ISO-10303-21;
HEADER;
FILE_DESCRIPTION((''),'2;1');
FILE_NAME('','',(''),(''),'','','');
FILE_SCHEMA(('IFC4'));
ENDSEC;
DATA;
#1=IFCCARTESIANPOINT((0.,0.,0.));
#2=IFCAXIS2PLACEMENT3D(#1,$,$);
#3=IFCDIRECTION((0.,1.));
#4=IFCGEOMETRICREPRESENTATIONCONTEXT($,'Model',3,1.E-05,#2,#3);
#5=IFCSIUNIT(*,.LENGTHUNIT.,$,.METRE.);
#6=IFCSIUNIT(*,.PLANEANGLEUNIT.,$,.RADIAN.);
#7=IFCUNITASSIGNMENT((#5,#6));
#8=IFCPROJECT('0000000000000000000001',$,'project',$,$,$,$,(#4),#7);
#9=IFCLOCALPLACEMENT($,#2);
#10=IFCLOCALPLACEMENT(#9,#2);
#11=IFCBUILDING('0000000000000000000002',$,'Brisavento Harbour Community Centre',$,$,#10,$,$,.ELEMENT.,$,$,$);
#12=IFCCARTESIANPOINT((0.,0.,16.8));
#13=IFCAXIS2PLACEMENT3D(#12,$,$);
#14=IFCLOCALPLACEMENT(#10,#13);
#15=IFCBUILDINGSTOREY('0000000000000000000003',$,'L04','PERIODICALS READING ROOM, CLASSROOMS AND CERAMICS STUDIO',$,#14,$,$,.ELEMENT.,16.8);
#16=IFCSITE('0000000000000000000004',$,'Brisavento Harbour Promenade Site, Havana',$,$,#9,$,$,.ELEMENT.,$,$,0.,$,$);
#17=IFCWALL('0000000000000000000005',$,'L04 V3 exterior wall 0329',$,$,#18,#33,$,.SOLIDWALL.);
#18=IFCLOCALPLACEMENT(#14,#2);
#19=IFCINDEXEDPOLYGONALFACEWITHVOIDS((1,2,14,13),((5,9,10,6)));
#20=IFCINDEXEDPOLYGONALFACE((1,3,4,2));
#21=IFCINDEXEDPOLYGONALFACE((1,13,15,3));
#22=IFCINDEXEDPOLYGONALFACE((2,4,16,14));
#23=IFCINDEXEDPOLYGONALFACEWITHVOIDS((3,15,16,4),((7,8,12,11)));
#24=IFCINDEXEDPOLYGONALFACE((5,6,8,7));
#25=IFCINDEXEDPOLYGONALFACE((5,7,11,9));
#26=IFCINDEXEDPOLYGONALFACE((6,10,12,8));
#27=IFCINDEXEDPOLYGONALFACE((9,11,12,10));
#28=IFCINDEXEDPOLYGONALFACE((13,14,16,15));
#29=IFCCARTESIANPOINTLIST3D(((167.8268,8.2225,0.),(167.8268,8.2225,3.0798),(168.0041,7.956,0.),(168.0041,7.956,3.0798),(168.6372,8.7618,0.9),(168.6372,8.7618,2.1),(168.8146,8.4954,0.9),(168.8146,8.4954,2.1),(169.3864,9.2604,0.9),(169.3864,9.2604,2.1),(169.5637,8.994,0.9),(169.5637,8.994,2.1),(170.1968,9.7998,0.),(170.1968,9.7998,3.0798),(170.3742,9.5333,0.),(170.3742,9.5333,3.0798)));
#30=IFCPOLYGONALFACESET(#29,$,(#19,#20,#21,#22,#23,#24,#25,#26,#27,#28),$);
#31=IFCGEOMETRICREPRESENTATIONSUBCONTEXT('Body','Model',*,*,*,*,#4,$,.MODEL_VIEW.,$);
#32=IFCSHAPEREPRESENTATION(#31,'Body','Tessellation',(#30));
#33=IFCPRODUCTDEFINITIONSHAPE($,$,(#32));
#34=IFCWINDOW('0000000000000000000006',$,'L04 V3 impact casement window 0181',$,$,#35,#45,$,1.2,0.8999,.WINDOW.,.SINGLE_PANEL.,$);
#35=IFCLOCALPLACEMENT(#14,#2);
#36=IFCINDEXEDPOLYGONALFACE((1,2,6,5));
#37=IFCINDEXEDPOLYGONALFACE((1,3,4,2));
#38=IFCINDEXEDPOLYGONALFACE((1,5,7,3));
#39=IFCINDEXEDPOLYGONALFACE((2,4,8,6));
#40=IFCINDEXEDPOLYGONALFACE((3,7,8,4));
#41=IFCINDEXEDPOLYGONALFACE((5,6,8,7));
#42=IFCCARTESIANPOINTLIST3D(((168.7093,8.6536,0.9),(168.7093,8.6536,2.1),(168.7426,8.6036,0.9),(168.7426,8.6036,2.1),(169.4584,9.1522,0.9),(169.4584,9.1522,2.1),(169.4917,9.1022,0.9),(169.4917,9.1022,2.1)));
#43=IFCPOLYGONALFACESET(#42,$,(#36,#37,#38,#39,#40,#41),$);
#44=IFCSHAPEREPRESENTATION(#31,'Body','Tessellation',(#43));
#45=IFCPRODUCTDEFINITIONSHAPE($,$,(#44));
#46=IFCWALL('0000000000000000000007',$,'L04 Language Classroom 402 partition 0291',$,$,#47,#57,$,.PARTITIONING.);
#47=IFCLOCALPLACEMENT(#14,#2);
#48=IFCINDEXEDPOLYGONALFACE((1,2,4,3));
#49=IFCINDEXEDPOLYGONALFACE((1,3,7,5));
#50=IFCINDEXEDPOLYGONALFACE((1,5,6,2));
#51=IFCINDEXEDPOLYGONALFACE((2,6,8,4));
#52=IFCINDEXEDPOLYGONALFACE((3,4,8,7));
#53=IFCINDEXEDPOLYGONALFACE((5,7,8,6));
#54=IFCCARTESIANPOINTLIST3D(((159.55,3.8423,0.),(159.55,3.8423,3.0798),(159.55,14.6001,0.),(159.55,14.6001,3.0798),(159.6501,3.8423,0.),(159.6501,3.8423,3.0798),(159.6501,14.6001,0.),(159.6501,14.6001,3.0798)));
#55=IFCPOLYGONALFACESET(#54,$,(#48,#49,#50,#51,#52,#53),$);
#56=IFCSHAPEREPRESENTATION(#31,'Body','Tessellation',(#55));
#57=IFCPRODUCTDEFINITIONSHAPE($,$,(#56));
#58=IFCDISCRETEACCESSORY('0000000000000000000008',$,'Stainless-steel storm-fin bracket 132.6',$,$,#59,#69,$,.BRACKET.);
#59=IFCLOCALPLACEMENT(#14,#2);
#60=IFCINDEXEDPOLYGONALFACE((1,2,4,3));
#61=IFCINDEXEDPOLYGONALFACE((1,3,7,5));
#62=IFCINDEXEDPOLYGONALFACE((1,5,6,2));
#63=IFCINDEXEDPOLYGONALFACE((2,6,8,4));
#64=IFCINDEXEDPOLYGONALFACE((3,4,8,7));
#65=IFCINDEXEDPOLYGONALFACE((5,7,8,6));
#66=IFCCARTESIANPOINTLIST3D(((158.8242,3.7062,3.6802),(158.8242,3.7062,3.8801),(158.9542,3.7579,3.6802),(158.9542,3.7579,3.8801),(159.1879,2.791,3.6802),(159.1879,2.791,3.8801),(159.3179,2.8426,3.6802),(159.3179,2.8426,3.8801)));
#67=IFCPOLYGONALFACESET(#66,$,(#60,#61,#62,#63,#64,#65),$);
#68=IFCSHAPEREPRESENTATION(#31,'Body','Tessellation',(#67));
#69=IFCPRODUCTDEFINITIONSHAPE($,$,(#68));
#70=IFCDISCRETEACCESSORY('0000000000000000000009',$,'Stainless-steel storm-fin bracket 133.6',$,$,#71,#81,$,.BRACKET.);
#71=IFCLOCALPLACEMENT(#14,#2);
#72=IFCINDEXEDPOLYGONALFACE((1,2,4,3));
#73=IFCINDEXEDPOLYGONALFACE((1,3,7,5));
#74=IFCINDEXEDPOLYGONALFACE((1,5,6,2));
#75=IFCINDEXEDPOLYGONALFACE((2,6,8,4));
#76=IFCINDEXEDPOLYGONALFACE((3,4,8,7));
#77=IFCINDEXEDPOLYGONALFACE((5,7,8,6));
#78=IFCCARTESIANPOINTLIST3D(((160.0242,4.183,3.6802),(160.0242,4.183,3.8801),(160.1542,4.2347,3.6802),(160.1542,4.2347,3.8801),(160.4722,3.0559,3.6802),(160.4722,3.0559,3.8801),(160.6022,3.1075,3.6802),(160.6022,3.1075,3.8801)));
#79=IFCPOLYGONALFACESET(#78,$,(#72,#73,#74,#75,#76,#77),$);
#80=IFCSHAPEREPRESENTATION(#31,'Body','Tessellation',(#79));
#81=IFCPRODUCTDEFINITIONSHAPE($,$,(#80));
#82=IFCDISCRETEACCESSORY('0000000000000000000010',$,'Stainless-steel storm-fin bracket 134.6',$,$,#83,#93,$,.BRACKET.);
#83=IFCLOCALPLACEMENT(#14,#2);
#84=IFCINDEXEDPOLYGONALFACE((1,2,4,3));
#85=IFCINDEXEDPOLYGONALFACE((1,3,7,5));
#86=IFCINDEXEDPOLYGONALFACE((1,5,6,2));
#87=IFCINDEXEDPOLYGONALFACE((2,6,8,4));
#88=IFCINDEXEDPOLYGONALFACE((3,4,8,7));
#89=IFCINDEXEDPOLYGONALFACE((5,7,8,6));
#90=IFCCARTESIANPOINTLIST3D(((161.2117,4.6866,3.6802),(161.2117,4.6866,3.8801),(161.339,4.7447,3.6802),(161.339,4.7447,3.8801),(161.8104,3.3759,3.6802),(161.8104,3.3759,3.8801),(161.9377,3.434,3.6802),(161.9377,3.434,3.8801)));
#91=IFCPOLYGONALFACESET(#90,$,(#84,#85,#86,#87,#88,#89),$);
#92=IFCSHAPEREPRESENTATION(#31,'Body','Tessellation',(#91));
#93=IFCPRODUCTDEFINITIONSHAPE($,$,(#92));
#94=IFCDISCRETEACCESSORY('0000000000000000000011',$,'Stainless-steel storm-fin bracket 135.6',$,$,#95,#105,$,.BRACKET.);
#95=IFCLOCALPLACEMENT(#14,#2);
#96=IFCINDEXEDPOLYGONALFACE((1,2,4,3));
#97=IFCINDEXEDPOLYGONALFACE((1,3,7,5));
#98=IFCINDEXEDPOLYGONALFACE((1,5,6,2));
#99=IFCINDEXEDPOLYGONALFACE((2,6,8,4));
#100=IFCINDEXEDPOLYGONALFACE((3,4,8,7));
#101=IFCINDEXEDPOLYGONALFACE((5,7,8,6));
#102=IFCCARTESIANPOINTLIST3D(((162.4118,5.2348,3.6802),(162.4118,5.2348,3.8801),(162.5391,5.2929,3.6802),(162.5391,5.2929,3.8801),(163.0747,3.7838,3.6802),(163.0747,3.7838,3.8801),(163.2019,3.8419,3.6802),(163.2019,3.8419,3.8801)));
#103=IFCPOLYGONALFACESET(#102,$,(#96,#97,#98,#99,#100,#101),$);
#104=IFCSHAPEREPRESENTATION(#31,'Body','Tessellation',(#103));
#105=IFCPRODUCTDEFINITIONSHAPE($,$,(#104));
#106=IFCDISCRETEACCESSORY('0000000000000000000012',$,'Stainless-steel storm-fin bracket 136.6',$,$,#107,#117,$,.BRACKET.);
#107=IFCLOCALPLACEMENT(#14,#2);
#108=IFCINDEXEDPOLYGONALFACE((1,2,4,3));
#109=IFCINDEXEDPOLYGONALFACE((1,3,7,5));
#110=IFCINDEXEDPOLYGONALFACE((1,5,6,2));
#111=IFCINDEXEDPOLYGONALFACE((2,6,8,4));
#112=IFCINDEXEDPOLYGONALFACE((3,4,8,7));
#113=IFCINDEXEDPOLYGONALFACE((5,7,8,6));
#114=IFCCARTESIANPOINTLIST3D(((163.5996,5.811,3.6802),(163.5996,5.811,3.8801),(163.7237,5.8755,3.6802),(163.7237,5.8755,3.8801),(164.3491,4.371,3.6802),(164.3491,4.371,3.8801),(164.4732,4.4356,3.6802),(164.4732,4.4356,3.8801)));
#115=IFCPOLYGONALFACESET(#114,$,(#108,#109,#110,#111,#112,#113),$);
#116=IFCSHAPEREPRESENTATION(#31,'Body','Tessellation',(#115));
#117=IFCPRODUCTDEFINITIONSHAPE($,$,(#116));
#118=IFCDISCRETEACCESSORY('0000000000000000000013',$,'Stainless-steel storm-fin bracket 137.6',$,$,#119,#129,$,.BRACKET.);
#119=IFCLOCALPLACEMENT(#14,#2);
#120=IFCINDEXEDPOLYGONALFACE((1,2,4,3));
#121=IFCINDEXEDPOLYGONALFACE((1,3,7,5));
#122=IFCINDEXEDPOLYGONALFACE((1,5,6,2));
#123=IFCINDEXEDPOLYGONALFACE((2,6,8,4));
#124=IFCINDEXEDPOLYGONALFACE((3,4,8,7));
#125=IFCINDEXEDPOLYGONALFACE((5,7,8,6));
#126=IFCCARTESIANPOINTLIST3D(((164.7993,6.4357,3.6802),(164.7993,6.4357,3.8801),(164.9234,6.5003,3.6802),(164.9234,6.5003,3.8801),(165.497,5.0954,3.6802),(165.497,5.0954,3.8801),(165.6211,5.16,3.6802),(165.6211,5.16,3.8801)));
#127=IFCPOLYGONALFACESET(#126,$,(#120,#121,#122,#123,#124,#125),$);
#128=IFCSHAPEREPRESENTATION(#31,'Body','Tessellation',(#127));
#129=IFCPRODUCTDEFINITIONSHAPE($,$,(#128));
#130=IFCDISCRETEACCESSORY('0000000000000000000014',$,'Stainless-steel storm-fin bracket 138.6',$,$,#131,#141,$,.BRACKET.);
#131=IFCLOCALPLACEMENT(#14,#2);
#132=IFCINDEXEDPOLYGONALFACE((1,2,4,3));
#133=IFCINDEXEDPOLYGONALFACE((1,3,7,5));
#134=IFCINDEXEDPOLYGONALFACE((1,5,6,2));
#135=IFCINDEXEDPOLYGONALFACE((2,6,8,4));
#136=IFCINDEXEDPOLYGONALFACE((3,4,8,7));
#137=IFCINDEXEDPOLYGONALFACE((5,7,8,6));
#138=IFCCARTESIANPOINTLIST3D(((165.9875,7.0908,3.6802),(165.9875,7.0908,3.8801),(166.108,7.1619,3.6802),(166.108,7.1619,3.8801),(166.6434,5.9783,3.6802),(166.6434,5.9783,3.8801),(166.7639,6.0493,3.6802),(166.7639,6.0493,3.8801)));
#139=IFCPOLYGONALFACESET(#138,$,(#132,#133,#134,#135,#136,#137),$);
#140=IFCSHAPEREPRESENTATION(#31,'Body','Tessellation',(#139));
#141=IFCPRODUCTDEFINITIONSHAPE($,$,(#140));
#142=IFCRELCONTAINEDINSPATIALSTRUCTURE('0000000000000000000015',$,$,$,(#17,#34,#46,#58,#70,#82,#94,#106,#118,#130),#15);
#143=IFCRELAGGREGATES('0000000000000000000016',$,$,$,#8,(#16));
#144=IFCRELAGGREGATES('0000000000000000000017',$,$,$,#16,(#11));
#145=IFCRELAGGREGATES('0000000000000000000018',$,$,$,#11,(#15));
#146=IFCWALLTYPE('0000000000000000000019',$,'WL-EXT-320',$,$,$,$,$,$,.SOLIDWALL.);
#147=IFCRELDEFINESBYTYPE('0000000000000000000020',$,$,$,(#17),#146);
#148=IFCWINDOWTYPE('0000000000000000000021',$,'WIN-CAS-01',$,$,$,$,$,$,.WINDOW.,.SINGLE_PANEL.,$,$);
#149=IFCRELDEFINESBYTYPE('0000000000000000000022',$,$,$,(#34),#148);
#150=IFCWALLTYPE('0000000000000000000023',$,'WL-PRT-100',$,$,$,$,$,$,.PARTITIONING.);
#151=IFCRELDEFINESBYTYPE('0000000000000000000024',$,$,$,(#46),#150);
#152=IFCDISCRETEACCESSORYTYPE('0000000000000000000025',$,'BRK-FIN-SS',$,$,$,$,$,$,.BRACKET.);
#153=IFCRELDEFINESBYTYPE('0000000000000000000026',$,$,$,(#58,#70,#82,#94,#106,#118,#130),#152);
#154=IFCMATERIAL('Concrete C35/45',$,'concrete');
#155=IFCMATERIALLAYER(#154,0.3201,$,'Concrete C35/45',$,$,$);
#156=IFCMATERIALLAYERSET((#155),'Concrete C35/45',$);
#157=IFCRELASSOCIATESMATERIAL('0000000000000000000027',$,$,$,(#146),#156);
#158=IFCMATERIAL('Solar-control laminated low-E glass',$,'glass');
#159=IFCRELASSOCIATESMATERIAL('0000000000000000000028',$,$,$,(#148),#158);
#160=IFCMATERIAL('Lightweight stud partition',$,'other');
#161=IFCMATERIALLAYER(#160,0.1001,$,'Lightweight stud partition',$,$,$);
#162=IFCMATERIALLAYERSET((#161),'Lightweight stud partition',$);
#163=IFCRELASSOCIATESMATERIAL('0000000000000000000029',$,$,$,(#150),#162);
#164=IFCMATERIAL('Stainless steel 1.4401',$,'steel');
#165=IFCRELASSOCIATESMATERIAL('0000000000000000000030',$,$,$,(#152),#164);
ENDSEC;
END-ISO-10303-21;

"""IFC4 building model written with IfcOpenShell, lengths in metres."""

from ifc_helpers import new_model, si_unit, direction, frame, frame_2d, origin, origin_2d, place, context, subcontext, project, spatial, rectangle, extrude, material, layer, layer_set, type_object, element, fill, save


model = new_model("IFC4")

# Units and contexts
model_context = context("Model", 3, precision=1e-05, world=origin(), true_north=direction((0.0, 1.0)))
body_context = subcontext(model_context, "Body", "Model", "MODEL_VIEW")
ifc_project = project(units=[si_unit("LENGTHUNIT", "METRE"), si_unit("PLANEANGLEUNIT", "RADIAN")], contexts=[model_context])

# Site, building, storey
site_placement = place(None, origin())
site = spatial("IfcSite", under=ifc_project, at=site_placement, Name="Brisavento Harbour Promenade Site, Havana", CompositionType="ELEMENT", RefElevation=0.0)
building_placement = place(site_placement, origin())
building = spatial("IfcBuilding", under=site, at=building_placement, Name="Brisavento Harbour Community Centre", CompositionType="ELEMENT")
storey_placement = place(building_placement, frame((0.0, 0.0, 16.8)))
storey = spatial("IfcBuildingStorey", under=building, at=storey_placement, Name="L04", Description="PERIODICALS READING ROOM, CLASSROOMS AND CERAMICS STUDIO", CompositionType="ELEMENT", Elevation=16.8)

# Shared definitions
ifc_material_1 = material(Name="Concrete C35/45", Category="concrete")

# Wall, opening, window
ifc_material_2 = material(Name="Solar-control laminated low-E glass", Category="glass")
ifc_layer_1 = layer(ifc_material_1, 0.3201, Name="Concrete C35/45")
ifc_layer_set_1 = layer_set([ifc_layer_1], Name="Concrete C35/45")
wall_type_1 = type_object("IfcWallType", Name="WL-EXT-320", PredefinedType="SOLIDWALL", material=ifc_layer_set_1)
wall_1_placement = place(storey_placement, frame((170.2854, 9.6665, 0.0), z_axis=(0.0, 0.0, 1.0), x_axis=(-0.832485, -0.554047, 0.0)))
wall_1 = element("IfcWall", 1, at=wall_1_placement, inside=storey, type_object=wall_type_1, Name="L04 V3 exterior wall 0329", PredefinedType="SOLIDWALL", context=body_context, shape_type="SweptSolid", body=[
    extrude(rectangle(XDim=2.8469, YDim=0.3201, at=frame_2d((1.4233, 0.0))), origin(), (0.0, 0.0, 1.0), 3.0798),
])
opening_1_placement = place(wall_1_placement, frame((0.9734, 0.0, 0.8999)))
opening_1 = element("IfcOpeningElement", 2, at=opening_1_placement, cuts=wall_1, PredefinedType="OPENING", context=body_context, shape_type="SweptSolid", body=[
    extrude(rectangle(XDim=0.8999, YDim=1.2, at=frame_2d((0.45, 0.6001))), frame((0.0, 0.1699, 0.0), z_axis=(0.0, -1.0, 0.0), x_axis=(1.0, 0.0, 0.0)), (0.0, 0.0, 1.0), 0.3401),
])
window_type_1 = type_object("IfcWindowType", Name="WIN-CAS-01", PartitioningType="SINGLE_PANEL", PredefinedType="WINDOW", material=ifc_material_2)
window_1_placement = place(opening_1_placement, origin())
window_1 = element("IfcWindow", 3, at=window_1_placement, inside=storey, type_object=window_type_1, Name="L04 V3 impact casement window 0181", OverallHeight=1.2, OverallWidth=0.8999, PartitioningType="SINGLE_PANEL", PredefinedType="WINDOW", context=body_context, shape_type="SweptSolid", body=[
    extrude(rectangle(XDim=0.8999, YDim=1.2, at=frame_2d((0.45, 0.6001))), frame((0.0, 0.03, 0.0), z_axis=(0.0, -1.0, 0.0), x_axis=(1.0, 0.0, 0.0)), (0.0, 0.0, 1.0), 0.0601),
])
fill(opening_1, window_1)

# Wall
ifc_material_3 = material(Name="Lightweight stud partition", Category="other")
ifc_layer_2 = layer(ifc_material_3, 0.1001, Name="Lightweight stud partition")
ifc_layer_set_2 = layer_set([ifc_layer_2], Name="Lightweight stud partition")
wall_type_2 = type_object("IfcWallType", Name="WL-PRT-100", PredefinedType="PARTITIONING", material=ifc_layer_set_2)
wall_2_placement = place(storey_placement, frame((159.6001, 3.8423, 0.0), z_axis=(0.0, 0.0, 1.0), x_axis=(0.0, 1.0, 0.0)))
element("IfcWall", 4, at=wall_2_placement, inside=storey, type_object=wall_type_2, Name="L04 Language Classroom 402 partition 0291", PredefinedType="PARTITIONING", context=body_context, shape_type="SweptSolid", body=[
    extrude(rectangle(XDim=10.7578, YDim=0.1001, at=frame_2d((5.3789, 0.0))), origin(), (0.0, 0.0, 1.0), 3.0798),
])

# Discrete accessories
ifc_material_4 = material(Name="Stainless steel 1.4401", Category="steel")
discrete_accessory_type = type_object("IfcDiscreteAccessoryType", Name="BRK-FIN-SS", PredefinedType="BRACKET", material=ifc_material_4)
discrete_accessory_1_placement = place(storey_placement, frame((159.071, 3.2744, 3.6802), z_axis=(0.0, 0.0, 1.0), x_axis=(0.369341, -0.929294, 0.0)))
element("IfcDiscreteAccessory", 5, at=discrete_accessory_1_placement, inside=storey, type_object=discrete_accessory_type, Name="Stainless-steel storm-fin bracket 132.6", PredefinedType="BRACKET", context=body_context, shape_type="SweptSolid", body=[
    extrude(rectangle(XDim=0.9849, YDim=0.1399, at=origin_2d()), origin(), (0.0, 0.0, 1.0), 0.2),
])
discrete_accessory_2_placement = place(storey_placement, frame((160.3132, 3.6453, 3.6802), z_axis=(0.0, 0.0, 1.0), x_axis=(0.369341, -0.929294, 0.0)))
element("IfcDiscreteAccessory", 6, at=discrete_accessory_2_placement, inside=storey, type_object=discrete_accessory_type, Name="Stainless-steel storm-fin bracket 133.6", PredefinedType="BRACKET", context=body_context, shape_type="SweptSolid", body=[
    extrude(rectangle(XDim=1.2129, YDim=0.1399, at=origin_2d()), origin(), (0.0, 0.0, 1.0), 0.2),
])
discrete_accessory_3_placement = place(storey_placement, frame((161.5747, 4.0603, 3.6802), z_axis=(0.0, 0.0, 1.0), x_axis=(0.415519, -0.909585, 0.0)))
element("IfcDiscreteAccessory", 7, at=discrete_accessory_3_placement, inside=storey, type_object=discrete_accessory_type, Name="Stainless-steel storm-fin bracket 134.6", PredefinedType="BRACKET", context=body_context, shape_type="SweptSolid", body=[
    extrude(rectangle(XDim=1.4409, YDim=0.1399, at=origin_2d()), origin(), (0.0, 0.0, 1.0), 0.2),
])
discrete_accessory_4_placement = place(storey_placement, frame((162.8069, 4.5383, 3.6802), z_axis=(0.0, 0.0, 1.0), x_axis=(0.415519, -0.909585, 0.0)))
element("IfcDiscreteAccessory", 8, at=discrete_accessory_4_placement, inside=storey, type_object=discrete_accessory_type, Name="Stainless-steel storm-fin bracket 135.6", PredefinedType="BRACKET", context=body_context, shape_type="SweptSolid", body=[
    extrude(rectangle(XDim=1.5952, YDim=0.1399, at=origin_2d()), origin(), (0.0, 0.0, 1.0), 0.2),
])
discrete_accessory_5_placement = place(storey_placement, frame((164.0364, 5.1233, 3.6802), z_axis=(0.0, 0.0, 1.0), x_axis=(0.461702, -0.887035, 0.0)))
element("IfcDiscreteAccessory", 9, at=discrete_accessory_5_placement, inside=storey, type_object=discrete_accessory_type, Name="Stainless-steel storm-fin bracket 136.6", PredefinedType="BRACKET", context=body_context, shape_type="SweptSolid", body=[
    extrude(rectangle(XDim=1.6233, YDim=0.1399, at=origin_2d()), origin(), (0.0, 0.0, 1.0), 0.2),
])
discrete_accessory_6_placement = place(storey_placement, frame((165.2102, 5.7979, 3.6802), z_axis=(0.0, 0.0, 1.0), x_axis=(0.461702, -0.887035, 0.0)))
element("IfcDiscreteAccessory", 10, at=discrete_accessory_6_placement, inside=storey, type_object=discrete_accessory_type, Name="Stainless-steel storm-fin bracket 137.6", PredefinedType="BRACKET", context=body_context, shape_type="SweptSolid", body=[
    extrude(rectangle(XDim=1.511, YDim=0.1399, at=origin_2d()), origin(), (0.0, 0.0, 1.0), 0.2),
])
discrete_accessory_7_placement = place(storey_placement, frame((166.3757, 6.5701, 3.6802), z_axis=(0.0, 0.0, 1.0), x_axis=(0.507869, -0.861434, 0.0)))
element("IfcDiscreteAccessory", 11, at=discrete_accessory_7_placement, inside=storey, type_object=discrete_accessory_type, Name="Stainless-steel storm-fin bracket 138.6", PredefinedType="BRACKET", context=body_context, shape_type="SweptSolid", body=[
    extrude(rectangle(XDim=1.2915, YDim=0.1399, at=origin_2d()), origin(), (0.0, 0.0, 1.0), 0.2),
])

save(model, "model.ifc")
